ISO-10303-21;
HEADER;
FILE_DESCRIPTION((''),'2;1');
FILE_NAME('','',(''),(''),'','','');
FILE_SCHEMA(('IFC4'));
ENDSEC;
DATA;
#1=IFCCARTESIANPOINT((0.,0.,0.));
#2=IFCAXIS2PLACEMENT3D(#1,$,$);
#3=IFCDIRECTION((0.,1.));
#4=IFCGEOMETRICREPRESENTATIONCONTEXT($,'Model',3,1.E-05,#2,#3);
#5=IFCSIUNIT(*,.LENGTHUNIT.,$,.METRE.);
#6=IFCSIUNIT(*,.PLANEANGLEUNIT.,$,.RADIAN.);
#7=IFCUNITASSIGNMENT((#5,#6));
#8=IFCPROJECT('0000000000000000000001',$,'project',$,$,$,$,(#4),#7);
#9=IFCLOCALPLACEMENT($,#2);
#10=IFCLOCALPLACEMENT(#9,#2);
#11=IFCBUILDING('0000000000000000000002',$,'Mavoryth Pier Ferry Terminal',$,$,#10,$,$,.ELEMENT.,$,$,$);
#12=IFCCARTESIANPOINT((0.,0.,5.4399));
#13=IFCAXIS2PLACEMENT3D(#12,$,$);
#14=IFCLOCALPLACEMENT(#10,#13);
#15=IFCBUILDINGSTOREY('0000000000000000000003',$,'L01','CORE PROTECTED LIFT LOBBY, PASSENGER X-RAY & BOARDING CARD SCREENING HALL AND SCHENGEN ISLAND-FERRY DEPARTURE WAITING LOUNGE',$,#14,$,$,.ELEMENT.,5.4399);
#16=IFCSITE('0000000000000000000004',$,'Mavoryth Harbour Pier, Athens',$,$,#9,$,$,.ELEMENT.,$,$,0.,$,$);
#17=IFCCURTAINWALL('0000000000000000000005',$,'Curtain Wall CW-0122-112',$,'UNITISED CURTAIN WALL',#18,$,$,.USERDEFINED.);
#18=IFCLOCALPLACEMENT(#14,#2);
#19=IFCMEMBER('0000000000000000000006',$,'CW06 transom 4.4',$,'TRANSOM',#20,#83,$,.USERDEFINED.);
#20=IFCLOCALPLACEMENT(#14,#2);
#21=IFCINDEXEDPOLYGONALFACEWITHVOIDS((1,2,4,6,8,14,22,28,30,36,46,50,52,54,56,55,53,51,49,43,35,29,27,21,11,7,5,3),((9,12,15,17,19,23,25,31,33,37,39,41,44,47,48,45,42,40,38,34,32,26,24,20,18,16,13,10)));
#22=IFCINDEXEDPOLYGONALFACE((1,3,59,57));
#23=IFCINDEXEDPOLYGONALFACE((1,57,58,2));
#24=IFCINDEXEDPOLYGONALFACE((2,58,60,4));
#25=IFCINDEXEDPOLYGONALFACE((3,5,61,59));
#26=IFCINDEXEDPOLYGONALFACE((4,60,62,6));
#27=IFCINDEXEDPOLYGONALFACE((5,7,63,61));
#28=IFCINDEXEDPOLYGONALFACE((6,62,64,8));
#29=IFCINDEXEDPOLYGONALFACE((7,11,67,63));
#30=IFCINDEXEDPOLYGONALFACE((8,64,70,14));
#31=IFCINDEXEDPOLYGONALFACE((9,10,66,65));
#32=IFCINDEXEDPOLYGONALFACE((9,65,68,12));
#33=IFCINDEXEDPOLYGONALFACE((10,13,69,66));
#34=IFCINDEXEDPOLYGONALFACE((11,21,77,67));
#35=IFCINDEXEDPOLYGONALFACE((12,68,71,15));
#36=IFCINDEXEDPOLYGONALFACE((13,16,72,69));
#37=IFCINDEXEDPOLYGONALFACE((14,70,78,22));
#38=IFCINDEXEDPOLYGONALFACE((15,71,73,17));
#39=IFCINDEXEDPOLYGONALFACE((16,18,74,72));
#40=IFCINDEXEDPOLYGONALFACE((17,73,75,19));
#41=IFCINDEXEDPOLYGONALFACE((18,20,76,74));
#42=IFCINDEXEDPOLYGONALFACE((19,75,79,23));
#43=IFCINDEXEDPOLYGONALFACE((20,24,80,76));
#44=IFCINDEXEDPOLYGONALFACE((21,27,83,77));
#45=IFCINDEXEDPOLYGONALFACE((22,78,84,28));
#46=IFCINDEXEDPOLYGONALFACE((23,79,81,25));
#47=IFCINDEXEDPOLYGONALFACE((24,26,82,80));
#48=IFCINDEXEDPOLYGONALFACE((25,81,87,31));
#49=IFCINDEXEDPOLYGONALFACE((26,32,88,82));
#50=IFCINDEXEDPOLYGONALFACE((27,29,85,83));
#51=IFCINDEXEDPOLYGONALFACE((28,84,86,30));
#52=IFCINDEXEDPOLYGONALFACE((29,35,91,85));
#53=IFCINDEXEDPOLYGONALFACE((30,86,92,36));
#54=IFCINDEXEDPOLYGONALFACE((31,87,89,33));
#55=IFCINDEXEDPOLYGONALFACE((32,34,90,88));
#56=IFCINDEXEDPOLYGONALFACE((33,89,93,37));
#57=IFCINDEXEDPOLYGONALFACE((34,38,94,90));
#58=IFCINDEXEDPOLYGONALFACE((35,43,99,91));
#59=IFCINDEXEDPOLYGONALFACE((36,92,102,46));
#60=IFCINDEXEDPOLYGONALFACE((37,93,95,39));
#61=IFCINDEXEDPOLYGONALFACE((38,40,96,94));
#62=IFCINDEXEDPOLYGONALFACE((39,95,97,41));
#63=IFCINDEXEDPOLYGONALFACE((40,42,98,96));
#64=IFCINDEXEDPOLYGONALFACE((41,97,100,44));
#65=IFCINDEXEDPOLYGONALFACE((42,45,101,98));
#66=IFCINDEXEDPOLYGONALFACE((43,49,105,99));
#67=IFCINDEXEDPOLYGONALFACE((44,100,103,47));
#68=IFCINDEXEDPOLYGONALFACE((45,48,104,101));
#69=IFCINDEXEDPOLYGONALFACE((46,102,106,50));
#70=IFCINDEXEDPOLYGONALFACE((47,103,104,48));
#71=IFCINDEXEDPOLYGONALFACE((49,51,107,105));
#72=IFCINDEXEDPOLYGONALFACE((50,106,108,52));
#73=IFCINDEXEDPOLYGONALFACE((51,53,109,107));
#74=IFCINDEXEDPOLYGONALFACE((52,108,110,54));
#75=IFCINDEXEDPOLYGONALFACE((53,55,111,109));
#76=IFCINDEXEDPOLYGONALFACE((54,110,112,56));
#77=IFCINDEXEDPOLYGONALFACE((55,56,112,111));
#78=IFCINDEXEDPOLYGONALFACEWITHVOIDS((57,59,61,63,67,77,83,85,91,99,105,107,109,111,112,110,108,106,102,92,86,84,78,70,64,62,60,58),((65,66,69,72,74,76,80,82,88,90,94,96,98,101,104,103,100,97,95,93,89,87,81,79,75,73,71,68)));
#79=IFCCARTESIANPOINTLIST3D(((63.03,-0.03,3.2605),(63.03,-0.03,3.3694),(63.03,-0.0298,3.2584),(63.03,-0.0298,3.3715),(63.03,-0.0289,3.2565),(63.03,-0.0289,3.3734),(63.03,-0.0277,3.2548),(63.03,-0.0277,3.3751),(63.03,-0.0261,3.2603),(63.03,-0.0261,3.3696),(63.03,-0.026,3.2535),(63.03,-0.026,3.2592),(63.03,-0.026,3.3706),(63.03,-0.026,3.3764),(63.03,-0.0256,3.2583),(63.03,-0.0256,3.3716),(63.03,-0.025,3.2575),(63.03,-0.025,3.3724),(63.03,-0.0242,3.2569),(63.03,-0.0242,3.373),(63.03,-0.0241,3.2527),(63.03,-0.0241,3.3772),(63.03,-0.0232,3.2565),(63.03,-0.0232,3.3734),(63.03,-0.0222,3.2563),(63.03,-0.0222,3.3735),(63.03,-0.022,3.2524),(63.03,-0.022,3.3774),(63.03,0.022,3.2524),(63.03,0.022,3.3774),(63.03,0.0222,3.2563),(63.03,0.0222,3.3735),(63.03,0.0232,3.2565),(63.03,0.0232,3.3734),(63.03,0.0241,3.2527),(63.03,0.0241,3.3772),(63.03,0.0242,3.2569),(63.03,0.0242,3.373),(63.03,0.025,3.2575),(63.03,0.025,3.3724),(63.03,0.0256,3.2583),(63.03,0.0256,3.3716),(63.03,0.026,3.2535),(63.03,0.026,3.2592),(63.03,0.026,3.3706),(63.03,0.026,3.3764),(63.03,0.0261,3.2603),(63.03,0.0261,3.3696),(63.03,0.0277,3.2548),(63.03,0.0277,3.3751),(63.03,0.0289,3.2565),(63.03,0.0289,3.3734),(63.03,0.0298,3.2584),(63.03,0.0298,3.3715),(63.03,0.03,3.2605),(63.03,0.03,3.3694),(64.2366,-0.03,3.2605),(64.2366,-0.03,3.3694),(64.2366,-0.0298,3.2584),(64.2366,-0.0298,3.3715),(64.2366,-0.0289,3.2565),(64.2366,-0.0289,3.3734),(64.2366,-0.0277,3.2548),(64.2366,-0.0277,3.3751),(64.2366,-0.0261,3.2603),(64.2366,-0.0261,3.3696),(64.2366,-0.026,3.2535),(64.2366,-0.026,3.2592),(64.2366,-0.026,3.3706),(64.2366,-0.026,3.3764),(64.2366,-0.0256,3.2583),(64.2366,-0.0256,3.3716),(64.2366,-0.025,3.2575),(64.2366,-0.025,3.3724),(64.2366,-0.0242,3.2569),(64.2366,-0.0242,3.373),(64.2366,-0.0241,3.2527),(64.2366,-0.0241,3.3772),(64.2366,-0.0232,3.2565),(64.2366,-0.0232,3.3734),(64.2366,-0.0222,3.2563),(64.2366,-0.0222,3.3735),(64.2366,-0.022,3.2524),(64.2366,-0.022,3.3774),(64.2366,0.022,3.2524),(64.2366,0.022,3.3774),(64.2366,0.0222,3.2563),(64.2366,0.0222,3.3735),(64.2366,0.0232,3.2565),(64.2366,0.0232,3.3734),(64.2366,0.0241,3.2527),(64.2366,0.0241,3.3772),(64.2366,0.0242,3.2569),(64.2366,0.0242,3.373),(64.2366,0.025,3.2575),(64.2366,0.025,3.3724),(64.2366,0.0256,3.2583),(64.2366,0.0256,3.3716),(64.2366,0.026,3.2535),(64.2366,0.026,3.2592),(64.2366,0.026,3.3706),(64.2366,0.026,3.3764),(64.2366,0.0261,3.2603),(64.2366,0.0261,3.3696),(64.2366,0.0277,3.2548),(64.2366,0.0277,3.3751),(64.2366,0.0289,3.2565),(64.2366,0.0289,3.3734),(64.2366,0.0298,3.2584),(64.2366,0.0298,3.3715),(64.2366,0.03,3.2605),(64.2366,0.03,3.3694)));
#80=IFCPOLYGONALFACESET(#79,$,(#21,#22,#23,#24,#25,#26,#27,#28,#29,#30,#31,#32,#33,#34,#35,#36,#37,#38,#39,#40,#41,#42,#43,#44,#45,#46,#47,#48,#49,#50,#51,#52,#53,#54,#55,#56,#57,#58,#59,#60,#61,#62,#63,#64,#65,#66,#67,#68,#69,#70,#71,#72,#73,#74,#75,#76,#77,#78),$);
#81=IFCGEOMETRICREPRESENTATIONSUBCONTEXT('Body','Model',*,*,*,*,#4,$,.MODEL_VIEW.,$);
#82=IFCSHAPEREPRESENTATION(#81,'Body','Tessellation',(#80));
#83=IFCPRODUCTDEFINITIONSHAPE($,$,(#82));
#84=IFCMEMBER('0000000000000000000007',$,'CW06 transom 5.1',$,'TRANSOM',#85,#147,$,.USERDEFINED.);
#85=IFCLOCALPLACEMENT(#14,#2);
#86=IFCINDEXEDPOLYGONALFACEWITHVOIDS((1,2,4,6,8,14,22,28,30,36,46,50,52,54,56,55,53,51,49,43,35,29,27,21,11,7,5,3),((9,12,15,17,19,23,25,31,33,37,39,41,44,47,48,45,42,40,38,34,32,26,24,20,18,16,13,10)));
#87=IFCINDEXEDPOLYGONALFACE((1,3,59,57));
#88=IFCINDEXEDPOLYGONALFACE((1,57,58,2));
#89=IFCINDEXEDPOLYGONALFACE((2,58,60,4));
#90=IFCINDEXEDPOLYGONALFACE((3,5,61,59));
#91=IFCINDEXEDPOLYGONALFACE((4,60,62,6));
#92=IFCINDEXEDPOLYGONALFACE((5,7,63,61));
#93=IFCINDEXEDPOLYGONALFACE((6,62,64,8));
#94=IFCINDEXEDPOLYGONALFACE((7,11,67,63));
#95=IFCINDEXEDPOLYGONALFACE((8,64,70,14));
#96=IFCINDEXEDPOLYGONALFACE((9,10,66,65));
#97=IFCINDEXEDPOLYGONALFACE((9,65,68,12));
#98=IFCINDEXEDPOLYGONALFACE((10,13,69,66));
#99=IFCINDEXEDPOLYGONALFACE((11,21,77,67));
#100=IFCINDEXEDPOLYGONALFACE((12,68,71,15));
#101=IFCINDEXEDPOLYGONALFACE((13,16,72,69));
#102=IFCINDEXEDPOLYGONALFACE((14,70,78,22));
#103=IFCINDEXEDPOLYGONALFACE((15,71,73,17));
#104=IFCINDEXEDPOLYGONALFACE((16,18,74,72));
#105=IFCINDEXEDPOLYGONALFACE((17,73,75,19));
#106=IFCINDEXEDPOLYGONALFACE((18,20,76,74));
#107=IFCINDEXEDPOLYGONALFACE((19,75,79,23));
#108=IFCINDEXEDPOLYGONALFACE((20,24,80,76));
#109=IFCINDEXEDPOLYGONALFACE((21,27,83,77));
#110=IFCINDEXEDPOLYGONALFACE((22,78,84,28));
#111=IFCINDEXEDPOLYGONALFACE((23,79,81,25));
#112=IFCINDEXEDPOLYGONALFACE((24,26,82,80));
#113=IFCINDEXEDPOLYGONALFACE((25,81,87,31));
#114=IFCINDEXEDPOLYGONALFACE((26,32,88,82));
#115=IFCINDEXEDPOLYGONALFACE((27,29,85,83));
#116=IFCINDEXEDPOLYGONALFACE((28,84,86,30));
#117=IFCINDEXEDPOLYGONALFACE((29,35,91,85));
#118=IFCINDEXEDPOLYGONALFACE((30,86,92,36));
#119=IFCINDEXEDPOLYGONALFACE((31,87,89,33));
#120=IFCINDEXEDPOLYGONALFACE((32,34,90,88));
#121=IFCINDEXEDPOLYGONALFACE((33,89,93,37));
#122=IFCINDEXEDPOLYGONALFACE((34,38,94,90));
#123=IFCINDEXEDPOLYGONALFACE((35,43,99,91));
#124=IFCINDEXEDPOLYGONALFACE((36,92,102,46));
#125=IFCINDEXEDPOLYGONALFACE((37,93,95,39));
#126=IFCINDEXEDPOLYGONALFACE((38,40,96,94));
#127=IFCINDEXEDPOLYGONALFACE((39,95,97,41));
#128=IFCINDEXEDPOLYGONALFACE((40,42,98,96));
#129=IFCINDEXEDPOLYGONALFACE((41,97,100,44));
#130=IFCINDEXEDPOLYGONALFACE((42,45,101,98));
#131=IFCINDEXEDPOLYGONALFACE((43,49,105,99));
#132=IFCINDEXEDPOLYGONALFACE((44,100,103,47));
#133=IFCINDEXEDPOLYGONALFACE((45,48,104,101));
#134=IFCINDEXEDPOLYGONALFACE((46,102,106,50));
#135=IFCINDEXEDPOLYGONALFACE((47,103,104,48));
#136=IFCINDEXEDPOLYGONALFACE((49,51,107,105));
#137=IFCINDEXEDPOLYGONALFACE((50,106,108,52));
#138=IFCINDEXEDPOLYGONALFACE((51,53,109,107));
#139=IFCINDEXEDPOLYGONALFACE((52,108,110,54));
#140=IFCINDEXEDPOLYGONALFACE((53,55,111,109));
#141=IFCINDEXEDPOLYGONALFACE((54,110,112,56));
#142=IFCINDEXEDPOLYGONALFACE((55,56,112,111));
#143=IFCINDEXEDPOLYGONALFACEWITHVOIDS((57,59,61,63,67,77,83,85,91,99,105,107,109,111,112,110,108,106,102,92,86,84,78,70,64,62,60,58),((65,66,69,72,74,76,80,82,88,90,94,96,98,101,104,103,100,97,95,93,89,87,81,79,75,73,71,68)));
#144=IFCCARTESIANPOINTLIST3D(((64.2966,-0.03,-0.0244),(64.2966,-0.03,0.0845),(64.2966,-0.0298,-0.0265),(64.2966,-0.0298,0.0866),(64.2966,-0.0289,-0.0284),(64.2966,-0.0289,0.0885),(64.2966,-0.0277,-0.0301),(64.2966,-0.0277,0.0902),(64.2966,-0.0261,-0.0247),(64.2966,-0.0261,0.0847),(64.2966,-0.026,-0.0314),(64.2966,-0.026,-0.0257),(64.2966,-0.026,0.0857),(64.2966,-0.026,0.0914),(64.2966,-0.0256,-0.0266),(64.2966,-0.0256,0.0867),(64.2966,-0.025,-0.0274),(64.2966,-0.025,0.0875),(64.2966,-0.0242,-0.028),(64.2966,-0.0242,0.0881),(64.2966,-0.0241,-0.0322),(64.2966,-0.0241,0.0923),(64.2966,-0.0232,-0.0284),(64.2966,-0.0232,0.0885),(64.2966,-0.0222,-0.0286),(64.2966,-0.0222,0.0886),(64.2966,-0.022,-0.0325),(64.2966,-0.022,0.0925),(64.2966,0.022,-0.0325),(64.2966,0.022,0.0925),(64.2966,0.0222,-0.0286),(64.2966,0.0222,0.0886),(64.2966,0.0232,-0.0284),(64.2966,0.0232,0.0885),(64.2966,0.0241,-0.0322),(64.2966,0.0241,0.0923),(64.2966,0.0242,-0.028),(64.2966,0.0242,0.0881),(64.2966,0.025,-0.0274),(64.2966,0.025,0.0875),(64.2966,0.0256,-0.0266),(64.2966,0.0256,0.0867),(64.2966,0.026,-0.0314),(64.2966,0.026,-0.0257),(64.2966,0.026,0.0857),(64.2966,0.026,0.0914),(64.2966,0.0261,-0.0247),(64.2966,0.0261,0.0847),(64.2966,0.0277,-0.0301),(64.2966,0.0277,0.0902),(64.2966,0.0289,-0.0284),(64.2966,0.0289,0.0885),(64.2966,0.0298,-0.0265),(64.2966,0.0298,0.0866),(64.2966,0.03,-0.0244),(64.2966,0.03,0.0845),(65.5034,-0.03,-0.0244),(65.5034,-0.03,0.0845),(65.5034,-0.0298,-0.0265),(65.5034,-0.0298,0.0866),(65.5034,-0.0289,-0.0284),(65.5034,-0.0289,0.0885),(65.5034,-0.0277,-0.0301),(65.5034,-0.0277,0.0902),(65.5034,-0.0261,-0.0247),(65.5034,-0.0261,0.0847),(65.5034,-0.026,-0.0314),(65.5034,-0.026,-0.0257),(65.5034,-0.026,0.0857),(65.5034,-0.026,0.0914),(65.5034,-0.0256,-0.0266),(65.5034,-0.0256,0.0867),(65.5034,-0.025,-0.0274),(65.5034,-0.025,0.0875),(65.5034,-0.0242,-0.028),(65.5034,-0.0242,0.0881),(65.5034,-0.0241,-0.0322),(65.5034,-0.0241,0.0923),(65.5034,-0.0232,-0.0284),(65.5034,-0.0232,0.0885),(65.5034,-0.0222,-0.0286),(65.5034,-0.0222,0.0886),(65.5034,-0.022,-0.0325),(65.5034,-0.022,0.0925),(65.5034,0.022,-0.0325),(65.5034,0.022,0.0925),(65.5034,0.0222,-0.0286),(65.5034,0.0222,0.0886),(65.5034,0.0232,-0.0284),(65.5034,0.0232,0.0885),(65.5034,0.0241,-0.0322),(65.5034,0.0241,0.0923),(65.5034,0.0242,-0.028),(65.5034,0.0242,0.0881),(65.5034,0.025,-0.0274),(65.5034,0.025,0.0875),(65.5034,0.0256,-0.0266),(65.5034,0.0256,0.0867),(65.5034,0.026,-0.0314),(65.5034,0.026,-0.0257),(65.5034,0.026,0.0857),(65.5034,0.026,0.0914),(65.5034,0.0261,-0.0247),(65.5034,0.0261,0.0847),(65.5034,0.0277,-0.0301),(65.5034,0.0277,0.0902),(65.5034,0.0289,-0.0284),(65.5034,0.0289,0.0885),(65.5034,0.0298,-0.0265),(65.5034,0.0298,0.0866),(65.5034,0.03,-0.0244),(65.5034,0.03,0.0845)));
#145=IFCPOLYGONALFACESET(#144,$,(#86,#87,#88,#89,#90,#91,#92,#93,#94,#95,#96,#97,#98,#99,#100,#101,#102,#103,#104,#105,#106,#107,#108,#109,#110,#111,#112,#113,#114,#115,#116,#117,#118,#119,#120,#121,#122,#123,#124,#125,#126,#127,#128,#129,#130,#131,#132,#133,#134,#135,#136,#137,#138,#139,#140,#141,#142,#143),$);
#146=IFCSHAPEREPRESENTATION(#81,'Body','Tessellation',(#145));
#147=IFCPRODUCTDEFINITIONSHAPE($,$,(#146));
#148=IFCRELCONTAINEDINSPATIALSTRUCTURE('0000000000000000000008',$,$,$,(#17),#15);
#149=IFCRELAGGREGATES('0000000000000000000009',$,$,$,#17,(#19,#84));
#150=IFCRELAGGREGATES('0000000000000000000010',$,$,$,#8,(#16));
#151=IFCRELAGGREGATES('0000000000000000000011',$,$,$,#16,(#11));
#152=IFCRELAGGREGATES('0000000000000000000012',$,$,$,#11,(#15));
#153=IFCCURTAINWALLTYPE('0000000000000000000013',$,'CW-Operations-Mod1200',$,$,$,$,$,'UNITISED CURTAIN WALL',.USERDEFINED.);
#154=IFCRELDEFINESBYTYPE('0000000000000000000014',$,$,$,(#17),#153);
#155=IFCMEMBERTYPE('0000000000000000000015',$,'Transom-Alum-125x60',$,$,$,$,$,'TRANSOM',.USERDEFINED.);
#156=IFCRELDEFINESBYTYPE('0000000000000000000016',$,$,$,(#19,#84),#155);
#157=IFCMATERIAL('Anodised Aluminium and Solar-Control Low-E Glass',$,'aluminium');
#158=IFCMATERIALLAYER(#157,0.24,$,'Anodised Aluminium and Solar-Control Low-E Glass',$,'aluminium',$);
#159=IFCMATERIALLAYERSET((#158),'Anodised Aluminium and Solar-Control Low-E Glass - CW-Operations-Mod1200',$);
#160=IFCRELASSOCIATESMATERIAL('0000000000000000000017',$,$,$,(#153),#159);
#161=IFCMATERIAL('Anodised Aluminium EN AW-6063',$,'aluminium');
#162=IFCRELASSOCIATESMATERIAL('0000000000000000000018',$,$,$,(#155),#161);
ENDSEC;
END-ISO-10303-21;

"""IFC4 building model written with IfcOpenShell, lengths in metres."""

from ifc_helpers import new_model, si_unit, direction, frame, origin, origin_2d, place, context, subcontext, project, spatial, hollow_rectangle, extrude, material, layer, layer_set, material_profile, profile_set, type_object, element, aggregate, save


model = new_model("IFC4")

# Units and contexts
model_context = context("Model", 3, precision=1e-05, world=origin(), true_north=direction((0.0, 1.0)))
body_context = subcontext(model_context, "Body", "Model", "MODEL_VIEW")
ifc_project = project(units=[si_unit("LENGTHUNIT", "METRE"), si_unit("PLANEANGLEUNIT", "RADIAN")], contexts=[model_context])

# Site, building, storey
site_placement = place(None, origin())
site = spatial("IfcSite", under=ifc_project, at=site_placement, Name="Mavoryth Harbour Pier, Athens", CompositionType="ELEMENT", RefElevation=0.0)
building_placement = place(site_placement, origin())
building = spatial("IfcBuilding", under=site, at=building_placement, Name="Mavoryth Pier Ferry Terminal", CompositionType="ELEMENT")
storey_placement = place(building_placement, frame((0.0, 0.0, 5.4399)))
storey = spatial("IfcBuildingStorey", under=building, at=storey_placement, Name="L01", Description="CORE PROTECTED LIFT LOBBY, PASSENGER X-RAY & BOARDING CARD SCREENING HALL AND SCHENGEN ISLAND-FERRY DEPARTURE WAITING LOUNGE", CompositionType="ELEMENT", Elevation=5.4399)

# Curtain wall, members
ifc_material_1 = material(Name="Anodised Aluminium and Solar-Control Low-E Glass", Category="aluminium")
ifc_layer_1 = layer(ifc_material_1, 0.24, Name="Anodised Aluminium and Solar-Control Low-E Glass", Category="aluminium")
ifc_layer_set_1 = layer_set([ifc_layer_1], Name="Anodised Aluminium and Solar-Control Low-E Glass - CW-Operations-Mod1200")
curtain_wall_type = type_object("IfcCurtainWallType", Name="CW-Operations-Mod1200", ElementType="UNITISED CURTAIN WALL", PredefinedType="USERDEFINED", material=ifc_layer_set_1)
curtain_wall_placement = place(storey_placement, origin())
curtain_wall = element("IfcCurtainWall", 1, at=curtain_wall_placement, inside=storey, type_object=curtain_wall_type, Name="Curtain Wall CW-0122-112", ObjectType="UNITISED CURTAIN WALL", PredefinedType="USERDEFINED")
ifc_material_2 = material(Name="Anodised Aluminium EN AW-6063", Category="aluminium")
ifc_material_profile_1 = material_profile(ifc_material_2, hollow_rectangle(XDim=0.0601, YDim=0.125, WallThickness=0.0039, InnerFilletRadius=0.0039, OuterFilletRadius=0.0081, at=origin_2d()), Name="AL-TRAN 125x60x4", Category="aluminium")
ifc_profile_set_1 = profile_set([ifc_material_profile_1], Name="Anodised Aluminium EN AW-6063 - AL-TRAN 125x60x4")
member_type_1 = type_object("IfcMemberType", Name="Transom-Alum-125x60", ElementType="TRANSOM", PredefinedType="USERDEFINED", material=ifc_profile_set_1)
member_1_placement = place(storey_placement, frame((63.03, 0.0, 3.3149), z_axis=(1.0, 0.0, 0.0), x_axis=(0.0, 1.0, 0.0)))
member_1 = element("IfcMember", 2, at=member_1_placement, type_object=member_type_1, Name="CW06 transom 4.4", ObjectType="TRANSOM", PredefinedType="USERDEFINED", context=body_context, shape_type="SweptSolid", body=[
    extrude(hollow_rectangle(XDim=0.0601, YDim=0.125, WallThickness=0.0039, InnerFilletRadius=0.0039, OuterFilletRadius=0.0081, at=origin_2d()), origin(), (0.0, 0.0, 1.0), 1.2065),
])
member_2_placement = place(storey_placement, frame((64.2966, 0.0, 0.03), z_axis=(1.0, 0.0, 0.0), x_axis=(0.0, 1.0, 0.0)))
member_2 = element("IfcMember", 3, at=member_2_placement, type_object=member_type_1, Name="CW06 transom 5.1", ObjectType="TRANSOM", PredefinedType="USERDEFINED", context=body_context, shape_type="SweptSolid", body=[
    extrude(hollow_rectangle(XDim=0.0601, YDim=0.125, WallThickness=0.0039, InnerFilletRadius=0.0039, OuterFilletRadius=0.0081, at=origin_2d()), origin(), (0.0, 0.0, 1.0), 1.2068),
])
aggregate(curtain_wall, [member_1, member_2])

save(model, "model.ifc")
